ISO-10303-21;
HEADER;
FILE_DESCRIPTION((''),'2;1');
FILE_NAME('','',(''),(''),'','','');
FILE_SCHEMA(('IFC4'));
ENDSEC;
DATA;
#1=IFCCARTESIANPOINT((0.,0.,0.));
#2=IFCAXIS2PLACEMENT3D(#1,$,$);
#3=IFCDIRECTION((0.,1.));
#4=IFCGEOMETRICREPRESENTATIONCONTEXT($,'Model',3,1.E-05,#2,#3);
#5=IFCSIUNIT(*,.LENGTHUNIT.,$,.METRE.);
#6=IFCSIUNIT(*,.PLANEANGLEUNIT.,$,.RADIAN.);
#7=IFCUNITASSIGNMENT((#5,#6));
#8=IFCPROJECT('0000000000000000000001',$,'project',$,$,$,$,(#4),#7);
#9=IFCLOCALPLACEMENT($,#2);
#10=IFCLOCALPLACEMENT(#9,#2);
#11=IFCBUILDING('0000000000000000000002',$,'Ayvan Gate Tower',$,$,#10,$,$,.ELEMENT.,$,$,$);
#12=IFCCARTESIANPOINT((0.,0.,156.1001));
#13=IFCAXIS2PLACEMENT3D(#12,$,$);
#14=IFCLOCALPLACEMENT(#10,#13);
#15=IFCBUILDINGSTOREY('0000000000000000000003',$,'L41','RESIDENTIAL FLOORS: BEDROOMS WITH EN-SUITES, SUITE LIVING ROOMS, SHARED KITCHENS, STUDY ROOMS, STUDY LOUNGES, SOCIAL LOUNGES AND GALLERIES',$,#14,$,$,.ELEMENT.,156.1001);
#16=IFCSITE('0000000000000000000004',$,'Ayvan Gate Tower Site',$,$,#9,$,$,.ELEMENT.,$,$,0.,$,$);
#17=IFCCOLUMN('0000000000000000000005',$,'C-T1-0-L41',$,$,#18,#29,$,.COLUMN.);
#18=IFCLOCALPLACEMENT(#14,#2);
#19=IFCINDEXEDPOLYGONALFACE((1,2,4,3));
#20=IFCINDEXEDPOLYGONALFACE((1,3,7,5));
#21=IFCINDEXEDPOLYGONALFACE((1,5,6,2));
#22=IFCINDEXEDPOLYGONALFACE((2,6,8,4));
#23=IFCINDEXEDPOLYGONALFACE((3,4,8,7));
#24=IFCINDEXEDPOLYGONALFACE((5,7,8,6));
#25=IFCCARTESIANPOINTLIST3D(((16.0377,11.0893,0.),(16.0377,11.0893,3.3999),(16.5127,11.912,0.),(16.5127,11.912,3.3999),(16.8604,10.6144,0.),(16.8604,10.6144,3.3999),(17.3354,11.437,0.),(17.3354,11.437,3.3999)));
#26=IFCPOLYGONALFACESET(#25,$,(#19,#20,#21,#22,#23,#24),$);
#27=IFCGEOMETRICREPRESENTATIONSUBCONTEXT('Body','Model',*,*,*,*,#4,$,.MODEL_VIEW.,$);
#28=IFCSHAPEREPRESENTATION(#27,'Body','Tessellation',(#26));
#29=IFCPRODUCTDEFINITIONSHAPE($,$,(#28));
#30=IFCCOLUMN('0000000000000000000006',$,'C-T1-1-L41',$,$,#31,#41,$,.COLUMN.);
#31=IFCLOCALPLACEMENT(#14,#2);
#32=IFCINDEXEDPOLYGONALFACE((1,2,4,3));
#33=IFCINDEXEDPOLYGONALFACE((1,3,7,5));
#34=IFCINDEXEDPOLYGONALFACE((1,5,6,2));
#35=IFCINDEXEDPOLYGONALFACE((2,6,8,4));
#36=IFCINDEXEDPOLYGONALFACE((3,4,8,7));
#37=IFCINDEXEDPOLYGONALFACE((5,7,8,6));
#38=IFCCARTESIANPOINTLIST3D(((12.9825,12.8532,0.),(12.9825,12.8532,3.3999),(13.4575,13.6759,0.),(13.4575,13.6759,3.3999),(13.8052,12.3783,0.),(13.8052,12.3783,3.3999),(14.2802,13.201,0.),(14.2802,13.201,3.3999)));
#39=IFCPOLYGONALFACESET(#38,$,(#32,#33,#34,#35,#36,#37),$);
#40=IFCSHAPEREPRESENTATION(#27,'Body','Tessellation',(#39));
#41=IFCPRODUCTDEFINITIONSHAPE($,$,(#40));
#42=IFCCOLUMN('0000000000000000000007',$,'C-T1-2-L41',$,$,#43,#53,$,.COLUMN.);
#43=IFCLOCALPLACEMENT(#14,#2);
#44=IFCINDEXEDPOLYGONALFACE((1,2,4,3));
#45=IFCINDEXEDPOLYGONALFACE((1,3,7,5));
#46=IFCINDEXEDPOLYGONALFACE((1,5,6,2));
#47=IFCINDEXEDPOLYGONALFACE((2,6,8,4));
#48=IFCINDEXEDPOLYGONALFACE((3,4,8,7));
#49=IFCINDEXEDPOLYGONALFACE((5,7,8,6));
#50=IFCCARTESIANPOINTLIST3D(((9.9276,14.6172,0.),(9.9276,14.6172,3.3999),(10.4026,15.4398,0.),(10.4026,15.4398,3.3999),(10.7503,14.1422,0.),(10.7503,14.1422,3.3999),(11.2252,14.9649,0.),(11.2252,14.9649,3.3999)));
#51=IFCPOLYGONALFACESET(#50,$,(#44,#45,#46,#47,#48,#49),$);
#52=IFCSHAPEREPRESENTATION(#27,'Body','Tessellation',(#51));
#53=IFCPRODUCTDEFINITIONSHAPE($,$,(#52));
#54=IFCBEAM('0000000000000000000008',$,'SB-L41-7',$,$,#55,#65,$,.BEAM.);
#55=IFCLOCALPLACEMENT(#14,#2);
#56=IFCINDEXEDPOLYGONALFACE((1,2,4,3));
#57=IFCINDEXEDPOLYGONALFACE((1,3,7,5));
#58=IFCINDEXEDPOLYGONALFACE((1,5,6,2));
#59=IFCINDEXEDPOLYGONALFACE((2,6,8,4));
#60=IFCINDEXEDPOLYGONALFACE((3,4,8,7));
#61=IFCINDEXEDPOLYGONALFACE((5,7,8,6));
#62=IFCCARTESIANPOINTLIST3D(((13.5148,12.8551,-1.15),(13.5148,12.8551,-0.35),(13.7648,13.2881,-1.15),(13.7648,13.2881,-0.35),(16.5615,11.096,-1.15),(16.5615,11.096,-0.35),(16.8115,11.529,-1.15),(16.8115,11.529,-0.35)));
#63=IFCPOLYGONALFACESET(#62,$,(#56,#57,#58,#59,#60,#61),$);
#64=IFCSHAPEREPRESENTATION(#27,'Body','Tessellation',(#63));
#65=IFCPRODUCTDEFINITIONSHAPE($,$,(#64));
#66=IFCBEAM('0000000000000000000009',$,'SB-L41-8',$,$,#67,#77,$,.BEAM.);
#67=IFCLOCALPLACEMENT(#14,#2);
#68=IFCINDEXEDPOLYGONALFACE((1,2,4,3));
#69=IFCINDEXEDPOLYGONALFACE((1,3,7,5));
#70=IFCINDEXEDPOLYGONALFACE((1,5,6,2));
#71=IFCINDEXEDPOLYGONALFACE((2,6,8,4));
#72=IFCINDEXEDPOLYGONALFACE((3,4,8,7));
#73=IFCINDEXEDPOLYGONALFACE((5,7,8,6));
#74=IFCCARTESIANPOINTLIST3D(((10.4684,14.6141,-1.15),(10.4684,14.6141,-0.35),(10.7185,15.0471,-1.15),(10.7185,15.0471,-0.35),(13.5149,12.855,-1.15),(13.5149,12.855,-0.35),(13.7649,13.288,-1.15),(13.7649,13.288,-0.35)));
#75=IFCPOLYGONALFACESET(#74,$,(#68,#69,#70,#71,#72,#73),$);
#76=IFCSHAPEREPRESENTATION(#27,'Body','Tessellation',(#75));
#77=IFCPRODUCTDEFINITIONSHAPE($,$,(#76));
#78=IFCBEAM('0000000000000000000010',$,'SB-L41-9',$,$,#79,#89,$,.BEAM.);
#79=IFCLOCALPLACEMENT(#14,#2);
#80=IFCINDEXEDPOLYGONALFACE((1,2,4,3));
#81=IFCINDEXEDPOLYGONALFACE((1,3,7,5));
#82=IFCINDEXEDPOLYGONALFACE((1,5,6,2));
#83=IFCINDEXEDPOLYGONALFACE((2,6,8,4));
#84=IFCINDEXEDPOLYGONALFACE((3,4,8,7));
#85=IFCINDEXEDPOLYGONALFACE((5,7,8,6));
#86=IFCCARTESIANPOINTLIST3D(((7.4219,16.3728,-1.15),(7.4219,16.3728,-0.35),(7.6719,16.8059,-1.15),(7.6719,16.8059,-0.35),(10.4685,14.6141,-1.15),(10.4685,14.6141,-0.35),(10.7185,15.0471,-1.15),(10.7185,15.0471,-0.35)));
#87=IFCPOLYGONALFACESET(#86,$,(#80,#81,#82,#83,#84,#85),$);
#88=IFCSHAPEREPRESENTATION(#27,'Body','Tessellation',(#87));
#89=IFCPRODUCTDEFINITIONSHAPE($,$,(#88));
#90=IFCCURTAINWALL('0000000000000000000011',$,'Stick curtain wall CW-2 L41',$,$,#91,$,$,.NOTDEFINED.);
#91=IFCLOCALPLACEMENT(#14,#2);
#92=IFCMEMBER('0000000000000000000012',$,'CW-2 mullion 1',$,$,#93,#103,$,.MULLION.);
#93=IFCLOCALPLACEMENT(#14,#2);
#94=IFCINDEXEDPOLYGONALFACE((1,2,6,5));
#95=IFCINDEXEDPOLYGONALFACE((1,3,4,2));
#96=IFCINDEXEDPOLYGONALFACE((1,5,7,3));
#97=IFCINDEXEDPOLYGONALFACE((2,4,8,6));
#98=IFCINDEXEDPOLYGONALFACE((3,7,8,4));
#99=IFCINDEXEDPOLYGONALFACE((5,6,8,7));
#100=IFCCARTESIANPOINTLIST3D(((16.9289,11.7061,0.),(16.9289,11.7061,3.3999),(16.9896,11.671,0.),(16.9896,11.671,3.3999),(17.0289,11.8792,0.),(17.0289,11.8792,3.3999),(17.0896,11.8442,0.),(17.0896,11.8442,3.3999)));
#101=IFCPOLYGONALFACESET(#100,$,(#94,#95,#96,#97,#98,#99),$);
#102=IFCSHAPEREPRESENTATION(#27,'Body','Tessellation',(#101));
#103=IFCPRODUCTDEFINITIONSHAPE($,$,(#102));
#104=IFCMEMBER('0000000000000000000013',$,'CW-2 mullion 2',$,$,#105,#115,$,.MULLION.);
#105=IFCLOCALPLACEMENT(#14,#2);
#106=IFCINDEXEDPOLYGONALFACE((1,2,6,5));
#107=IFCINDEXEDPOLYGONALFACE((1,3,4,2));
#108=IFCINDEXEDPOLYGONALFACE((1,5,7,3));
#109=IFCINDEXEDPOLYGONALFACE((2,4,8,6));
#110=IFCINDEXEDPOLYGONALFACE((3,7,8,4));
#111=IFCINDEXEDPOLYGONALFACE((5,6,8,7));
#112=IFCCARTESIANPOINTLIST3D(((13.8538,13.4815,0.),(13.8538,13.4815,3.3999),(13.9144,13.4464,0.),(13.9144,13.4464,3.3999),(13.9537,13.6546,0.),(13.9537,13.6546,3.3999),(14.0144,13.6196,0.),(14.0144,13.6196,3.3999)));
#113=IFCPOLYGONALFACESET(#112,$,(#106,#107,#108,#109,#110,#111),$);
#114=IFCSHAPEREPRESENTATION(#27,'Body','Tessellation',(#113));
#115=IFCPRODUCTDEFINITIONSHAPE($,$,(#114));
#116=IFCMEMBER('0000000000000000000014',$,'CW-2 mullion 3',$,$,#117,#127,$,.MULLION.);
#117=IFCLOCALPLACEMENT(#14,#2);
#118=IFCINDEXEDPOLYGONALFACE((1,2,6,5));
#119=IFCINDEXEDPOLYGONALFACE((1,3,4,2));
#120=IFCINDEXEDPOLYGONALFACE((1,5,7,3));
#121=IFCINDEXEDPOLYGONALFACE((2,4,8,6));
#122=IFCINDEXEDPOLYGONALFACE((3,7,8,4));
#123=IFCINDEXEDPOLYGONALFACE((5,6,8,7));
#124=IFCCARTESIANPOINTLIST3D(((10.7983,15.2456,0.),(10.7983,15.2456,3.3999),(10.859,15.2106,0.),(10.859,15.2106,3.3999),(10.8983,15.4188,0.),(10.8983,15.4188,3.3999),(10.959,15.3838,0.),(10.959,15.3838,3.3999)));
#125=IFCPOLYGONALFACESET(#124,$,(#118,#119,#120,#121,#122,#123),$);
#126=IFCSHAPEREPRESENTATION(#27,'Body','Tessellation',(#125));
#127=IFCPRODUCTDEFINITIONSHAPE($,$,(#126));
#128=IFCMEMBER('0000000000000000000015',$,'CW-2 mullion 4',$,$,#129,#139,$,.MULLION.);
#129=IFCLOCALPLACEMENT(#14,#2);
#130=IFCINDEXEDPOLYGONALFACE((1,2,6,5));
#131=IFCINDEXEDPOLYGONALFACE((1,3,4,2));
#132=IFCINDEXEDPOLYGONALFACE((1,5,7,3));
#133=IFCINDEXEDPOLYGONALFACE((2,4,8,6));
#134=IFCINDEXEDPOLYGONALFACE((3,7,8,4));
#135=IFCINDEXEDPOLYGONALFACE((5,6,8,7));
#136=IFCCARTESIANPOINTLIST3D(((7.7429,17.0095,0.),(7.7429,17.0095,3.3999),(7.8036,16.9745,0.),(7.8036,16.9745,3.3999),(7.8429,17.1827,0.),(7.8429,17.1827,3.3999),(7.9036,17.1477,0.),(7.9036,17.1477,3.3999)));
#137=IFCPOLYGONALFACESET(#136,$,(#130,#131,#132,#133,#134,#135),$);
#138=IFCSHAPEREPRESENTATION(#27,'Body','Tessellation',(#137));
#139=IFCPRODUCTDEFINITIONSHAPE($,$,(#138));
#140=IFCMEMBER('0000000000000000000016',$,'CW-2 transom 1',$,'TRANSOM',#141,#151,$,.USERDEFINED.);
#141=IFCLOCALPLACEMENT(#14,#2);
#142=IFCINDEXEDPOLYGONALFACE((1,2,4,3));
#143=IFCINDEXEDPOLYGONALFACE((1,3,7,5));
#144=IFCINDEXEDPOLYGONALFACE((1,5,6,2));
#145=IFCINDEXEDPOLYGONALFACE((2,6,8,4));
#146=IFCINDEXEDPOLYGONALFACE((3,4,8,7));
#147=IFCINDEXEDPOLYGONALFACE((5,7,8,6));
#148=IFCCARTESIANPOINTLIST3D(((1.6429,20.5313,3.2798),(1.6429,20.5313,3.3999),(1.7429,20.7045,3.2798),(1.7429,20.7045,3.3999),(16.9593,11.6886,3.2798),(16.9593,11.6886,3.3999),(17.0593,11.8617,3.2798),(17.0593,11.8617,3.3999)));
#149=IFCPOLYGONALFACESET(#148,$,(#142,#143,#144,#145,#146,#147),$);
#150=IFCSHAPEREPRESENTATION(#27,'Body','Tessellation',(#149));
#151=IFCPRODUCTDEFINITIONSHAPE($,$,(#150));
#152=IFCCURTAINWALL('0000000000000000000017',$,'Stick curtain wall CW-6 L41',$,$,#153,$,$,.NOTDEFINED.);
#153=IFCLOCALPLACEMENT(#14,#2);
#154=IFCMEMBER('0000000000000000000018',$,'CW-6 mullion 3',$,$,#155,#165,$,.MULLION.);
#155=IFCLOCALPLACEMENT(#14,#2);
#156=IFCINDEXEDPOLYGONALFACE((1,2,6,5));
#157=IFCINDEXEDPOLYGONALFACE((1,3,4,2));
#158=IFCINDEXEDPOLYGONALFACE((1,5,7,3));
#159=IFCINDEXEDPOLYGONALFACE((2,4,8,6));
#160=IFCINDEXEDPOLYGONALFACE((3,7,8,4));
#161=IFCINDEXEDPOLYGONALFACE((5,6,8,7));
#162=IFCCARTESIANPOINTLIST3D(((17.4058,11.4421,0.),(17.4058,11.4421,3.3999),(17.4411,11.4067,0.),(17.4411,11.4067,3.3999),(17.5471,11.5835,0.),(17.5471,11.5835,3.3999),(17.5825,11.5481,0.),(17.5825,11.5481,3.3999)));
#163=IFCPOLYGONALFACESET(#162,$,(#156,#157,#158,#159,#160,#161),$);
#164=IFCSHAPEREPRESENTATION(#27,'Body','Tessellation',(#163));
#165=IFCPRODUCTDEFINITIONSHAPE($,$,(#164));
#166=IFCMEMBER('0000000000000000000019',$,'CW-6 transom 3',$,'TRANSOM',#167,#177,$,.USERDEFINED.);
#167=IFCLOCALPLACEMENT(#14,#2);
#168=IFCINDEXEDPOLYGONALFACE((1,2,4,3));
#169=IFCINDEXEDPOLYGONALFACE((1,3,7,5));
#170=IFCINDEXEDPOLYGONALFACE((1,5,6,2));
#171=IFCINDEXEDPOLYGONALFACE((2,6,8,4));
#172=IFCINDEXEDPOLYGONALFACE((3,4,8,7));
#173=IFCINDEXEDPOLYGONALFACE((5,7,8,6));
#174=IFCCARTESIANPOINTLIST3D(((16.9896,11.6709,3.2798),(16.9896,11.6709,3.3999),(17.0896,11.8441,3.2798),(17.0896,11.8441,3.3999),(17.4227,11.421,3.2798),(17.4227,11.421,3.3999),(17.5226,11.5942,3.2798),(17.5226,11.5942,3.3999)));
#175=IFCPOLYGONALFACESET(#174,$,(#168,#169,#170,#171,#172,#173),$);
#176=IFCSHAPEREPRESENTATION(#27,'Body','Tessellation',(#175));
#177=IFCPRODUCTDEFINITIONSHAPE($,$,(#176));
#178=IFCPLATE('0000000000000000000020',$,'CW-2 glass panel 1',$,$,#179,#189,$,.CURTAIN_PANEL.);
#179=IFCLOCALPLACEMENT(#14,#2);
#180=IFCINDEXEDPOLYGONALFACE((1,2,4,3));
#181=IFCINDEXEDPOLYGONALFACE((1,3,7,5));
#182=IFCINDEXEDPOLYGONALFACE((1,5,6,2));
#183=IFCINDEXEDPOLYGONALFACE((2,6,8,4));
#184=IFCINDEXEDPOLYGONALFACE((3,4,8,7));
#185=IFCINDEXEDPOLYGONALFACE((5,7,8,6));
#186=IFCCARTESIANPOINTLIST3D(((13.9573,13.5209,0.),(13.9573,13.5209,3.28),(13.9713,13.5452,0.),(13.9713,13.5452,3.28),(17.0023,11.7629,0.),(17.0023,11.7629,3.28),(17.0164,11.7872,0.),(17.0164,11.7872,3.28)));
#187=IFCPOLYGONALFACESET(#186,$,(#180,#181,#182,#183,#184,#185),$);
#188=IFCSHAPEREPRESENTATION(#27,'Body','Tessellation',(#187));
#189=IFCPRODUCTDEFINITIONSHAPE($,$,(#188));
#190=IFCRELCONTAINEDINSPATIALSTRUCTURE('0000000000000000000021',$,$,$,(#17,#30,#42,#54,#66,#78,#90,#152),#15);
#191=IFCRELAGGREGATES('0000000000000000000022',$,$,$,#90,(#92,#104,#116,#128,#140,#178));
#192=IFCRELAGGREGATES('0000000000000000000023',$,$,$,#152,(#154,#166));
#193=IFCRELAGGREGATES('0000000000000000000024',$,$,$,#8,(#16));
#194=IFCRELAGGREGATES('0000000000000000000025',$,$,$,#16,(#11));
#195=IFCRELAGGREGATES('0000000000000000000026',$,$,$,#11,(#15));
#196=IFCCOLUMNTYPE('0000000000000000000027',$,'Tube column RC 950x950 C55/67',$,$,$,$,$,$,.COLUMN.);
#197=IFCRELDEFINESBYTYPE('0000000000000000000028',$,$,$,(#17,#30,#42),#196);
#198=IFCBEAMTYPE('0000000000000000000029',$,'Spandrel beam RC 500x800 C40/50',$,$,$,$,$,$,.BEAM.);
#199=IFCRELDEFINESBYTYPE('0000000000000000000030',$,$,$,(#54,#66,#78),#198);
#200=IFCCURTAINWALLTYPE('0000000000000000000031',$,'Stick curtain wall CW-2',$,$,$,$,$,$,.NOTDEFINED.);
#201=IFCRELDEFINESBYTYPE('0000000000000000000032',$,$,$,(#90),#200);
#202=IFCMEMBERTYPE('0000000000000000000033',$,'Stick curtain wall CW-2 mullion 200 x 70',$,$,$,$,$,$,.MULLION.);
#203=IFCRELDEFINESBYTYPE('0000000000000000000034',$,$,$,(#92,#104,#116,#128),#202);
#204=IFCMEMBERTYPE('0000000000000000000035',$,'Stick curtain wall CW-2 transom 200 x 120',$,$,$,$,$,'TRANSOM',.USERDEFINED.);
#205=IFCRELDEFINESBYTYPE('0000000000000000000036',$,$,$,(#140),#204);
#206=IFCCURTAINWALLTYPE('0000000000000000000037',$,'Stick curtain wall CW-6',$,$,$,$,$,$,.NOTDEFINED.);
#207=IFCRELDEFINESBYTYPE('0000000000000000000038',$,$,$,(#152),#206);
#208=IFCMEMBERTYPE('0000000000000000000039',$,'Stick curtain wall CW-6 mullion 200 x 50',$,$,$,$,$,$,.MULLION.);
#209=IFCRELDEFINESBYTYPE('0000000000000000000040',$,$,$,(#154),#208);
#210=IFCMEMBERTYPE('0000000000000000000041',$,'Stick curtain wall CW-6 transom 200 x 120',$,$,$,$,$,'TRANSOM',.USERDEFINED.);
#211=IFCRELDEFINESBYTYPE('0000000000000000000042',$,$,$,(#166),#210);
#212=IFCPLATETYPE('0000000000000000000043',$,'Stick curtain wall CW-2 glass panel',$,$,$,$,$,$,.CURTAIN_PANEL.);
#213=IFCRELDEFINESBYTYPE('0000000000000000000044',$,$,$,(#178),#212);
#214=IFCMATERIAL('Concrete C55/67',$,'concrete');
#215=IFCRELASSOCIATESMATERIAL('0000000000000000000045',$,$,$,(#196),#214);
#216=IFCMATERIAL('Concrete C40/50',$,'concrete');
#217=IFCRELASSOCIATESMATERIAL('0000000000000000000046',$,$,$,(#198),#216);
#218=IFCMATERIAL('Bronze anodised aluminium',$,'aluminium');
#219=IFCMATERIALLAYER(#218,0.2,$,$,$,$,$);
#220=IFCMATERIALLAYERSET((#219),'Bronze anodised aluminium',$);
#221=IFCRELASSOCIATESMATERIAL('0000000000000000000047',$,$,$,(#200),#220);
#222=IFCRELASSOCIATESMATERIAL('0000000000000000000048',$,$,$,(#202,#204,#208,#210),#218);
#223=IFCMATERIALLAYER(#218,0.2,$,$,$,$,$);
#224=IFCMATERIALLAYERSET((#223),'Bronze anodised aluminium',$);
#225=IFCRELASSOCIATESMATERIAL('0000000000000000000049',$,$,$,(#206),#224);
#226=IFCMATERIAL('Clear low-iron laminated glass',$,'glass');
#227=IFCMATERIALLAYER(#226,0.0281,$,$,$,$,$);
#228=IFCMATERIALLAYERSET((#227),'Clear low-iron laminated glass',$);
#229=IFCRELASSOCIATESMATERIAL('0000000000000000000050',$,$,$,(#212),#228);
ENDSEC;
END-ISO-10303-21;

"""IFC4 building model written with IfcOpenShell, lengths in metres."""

from ifc_helpers import new_model, si_unit, direction, frame, origin, origin_2d, place, context, subcontext, project, spatial, rectangle, extrude, material, layer, layer_set, material_profile, profile_set, type_object, element, aggregate, save


model = new_model("IFC4")

# Units and contexts
model_context = context("Model", 3, precision=1e-05, world=origin(), true_north=direction((0.0, 1.0)))
body_context = subcontext(model_context, "Body", "Model", "MODEL_VIEW")
ifc_project = project(units=[si_unit("LENGTHUNIT", "METRE"), si_unit("PLANEANGLEUNIT", "RADIAN")], contexts=[model_context])

# Site, building, storey
site_placement = place(None, origin())
site = spatial("IfcSite", under=ifc_project, at=site_placement, Name="Ayvan Gate Tower Site", CompositionType="ELEMENT", RefElevation=0.0)
building_placement = place(site_placement, origin())
building = spatial("IfcBuilding", under=site, at=building_placement, Name="Ayvan Gate Tower", CompositionType="ELEMENT")
storey_placement = place(building_placement, frame((0.0, 0.0, 156.1001)))
storey = spatial("IfcBuildingStorey", under=building, at=storey_placement, Name="L41", Description="RESIDENTIAL FLOORS: BEDROOMS WITH EN-SUITES, SUITE LIVING ROOMS, SHARED KITCHENS, STUDY ROOMS, STUDY LOUNGES, SOCIAL LOUNGES AND GALLERIES", CompositionType="ELEMENT", Elevation=156.1001)

# Columns
ifc_material_1 = material(Name="Concrete C55/67", Category="concrete")
ifc_material_profile_1 = material_profile(ifc_material_1, rectangle(XDim=0.95, YDim=0.95, at=origin_2d()), Name="RC 950x950")
ifc_profile_set_1 = profile_set([ifc_material_profile_1], Name="Concrete C55/67")
column_type = type_object("IfcColumnType", Name="Tube column RC 950x950 C55/67", PredefinedType="COLUMN", material=ifc_profile_set_1)
for number, where, z_axis, x_axis, name in (
    (1, (16.6865, 11.2632, 0.0), (0.0, 0.0, 1.0), (0.5, 0.866025, 0.0), "C-T1-0-L41"),
    (2, (13.6313, 13.0271, 0.0), (0.0, 0.0, 1.0), (0.5, 0.866025, 0.0), "C-T1-1-L41"),
    (3, (10.5764, 14.791, 0.0), (0.0, 0.0, 1.0), (0.5, 0.866025, 0.0), "C-T1-2-L41"),
):
    element("IfcColumn", number, at=place(storey_placement, frame(where, z_axis=z_axis, x_axis=x_axis)), inside=storey, type_object=column_type, Name=name, PredefinedType="COLUMN", context=body_context, shape_type="SweptSolid", body=[
        extrude(rectangle(XDim=0.95, YDim=0.95, at=origin_2d()), origin(), (0.0, 0.0, 1.0), 3.3999),
    ])

# Beams
ifc_material_2 = material(Name="Concrete C40/50", Category="concrete")
ifc_material_profile_2 = material_profile(ifc_material_2, rectangle(XDim=0.5, YDim=0.8, at=origin_2d()), Name="RC 500x800")
ifc_profile_set_2 = profile_set([ifc_material_profile_2], Name="Concrete C40/50")
beam_type = type_object("IfcBeamType", Name="Spandrel beam RC 500x800 C40/50", PredefinedType="BEAM", material=ifc_profile_set_2)
beam_placement = place(storey_placement, frame((16.6865, 11.3125, -0.75), z_axis=(-0.866018, 0.500013, 0.0), x_axis=(-0.500013, -0.866018, 0.0)))
element("IfcBeam", 4, at=beam_placement, inside=storey, type_object=beam_type, Name="SB-L41-7", PredefinedType="BEAM", context=body_context, shape_type="SweptSolid", body=[
    extrude(rectangle(XDim=0.5, YDim=0.8, at=origin_2d()), origin(), (0.0, 0.0, 1.0), 3.5181),
])
for number, where, z_axis, x_axis, name in (
    (5, (13.6399, 13.0715, -0.75), (-0.866001, 0.500043, 0.0), (-0.500043, -0.866001, 0.0), "SB-L41-8"),
    (6, (10.5935, 14.8306, -0.75), (-0.866048, 0.499961, 0.0), (-0.499961, -0.866048, 0.0), "SB-L41-9"),
):
    element("IfcBeam", number, at=place(storey_placement, frame(where, z_axis=z_axis, x_axis=x_axis)), inside=storey, type_object=beam_type, Name=name, PredefinedType="BEAM", context=body_context, shape_type="SweptSolid", body=[
        extrude(rectangle(XDim=0.5, YDim=0.8, at=origin_2d()), origin(), (0.0, 0.0, 1.0), 3.5178),
    ])

# Curtain walls, members
ifc_material_3 = material(Name="Bronze anodised aluminium", Category="aluminium")
ifc_layer_1 = layer(ifc_material_3, 0.2)
ifc_layer_set_1 = layer_set([ifc_layer_1], Name="Bronze anodised aluminium")
curtain_wall_type_1 = type_object("IfcCurtainWallType", Name="Stick curtain wall CW-2", PredefinedType="NOTDEFINED", material=ifc_layer_set_1)
curtain_wall_1_placement = place(storey_placement, origin())
curtain_wall_1 = element("IfcCurtainWall", 7, at=curtain_wall_1_placement, inside=storey, type_object=curtain_wall_type_1, Name="Stick curtain wall CW-2 L41", PredefinedType="NOTDEFINED")
ifc_material_profile_3 = material_profile(ifc_material_3, rectangle(XDim=0.2, YDim=0.0701, at=origin_2d()), Name="Stick curtain wall CW-2 mullion 200 x 70")
ifc_profile_set_3 = profile_set([ifc_material_profile_3], Name="Bronze anodised aluminium")
member_type_1 = type_object("IfcMemberType", Name="Stick curtain wall CW-2 mullion 200 x 70", PredefinedType="MULLION", material=ifc_profile_set_3)
member_1_placement = place(storey_placement, frame((17.0093, 11.7751, 0.0), z_axis=(0.0, 0.0, 1.0), x_axis=(0.5, 0.866025, 0.0)))
member_1 = element("IfcMember", 8, at=member_1_placement, type_object=member_type_1, Name="CW-2 mullion 1", PredefinedType="MULLION", context=body_context, shape_type="SweptSolid", body=[
    extrude(rectangle(XDim=0.2, YDim=0.0701, at=origin_2d()), origin(), (0.0, 0.0, 1.0), 3.3999),
])
member_2_placement = place(storey_placement, frame((13.9341, 13.5505, 0.0), z_axis=(0.0, 0.0, 1.0), x_axis=(0.5, 0.866025, 0.0)))
member_2 = element("IfcMember", 9, at=member_2_placement, type_object=member_type_1, Name="CW-2 mullion 2", PredefinedType="MULLION", context=body_context, shape_type="SweptSolid", body=[
    extrude(rectangle(XDim=0.2, YDim=0.0701, at=origin_2d()), origin(), (0.0, 0.0, 1.0), 3.3999),
])
member_3_placement = place(storey_placement, frame((10.8787, 15.3147, 0.0), z_axis=(0.0, 0.0, 1.0), x_axis=(0.5, 0.866025, 0.0)))
member_3 = element("IfcMember", 10, at=member_3_placement, type_object=member_type_1, Name="CW-2 mullion 3", PredefinedType="MULLION", context=body_context, shape_type="SweptSolid", body=[
    extrude(rectangle(XDim=0.2, YDim=0.0701, at=origin_2d()), origin(), (0.0, 0.0, 1.0), 3.3999),
])
member_4_placement = place(storey_placement, frame((7.8232, 17.0786, 0.0), z_axis=(0.0, 0.0, 1.0), x_axis=(0.5, 0.866025, 0.0)))
member_4 = element("IfcMember", 11, at=member_4_placement, type_object=member_type_1, Name="CW-2 mullion 4", PredefinedType="MULLION", context=body_context, shape_type="SweptSolid", body=[
    extrude(rectangle(XDim=0.2, YDim=0.0701, at=origin_2d()), origin(), (0.0, 0.0, 1.0), 3.3999),
])
ifc_material_profile_4 = material_profile(ifc_material_3, rectangle(XDim=0.2, YDim=0.1201, at=origin_2d()), Name="Stick curtain wall CW-2 transom 200 x 120")
ifc_profile_set_4 = profile_set([ifc_material_profile_4], Name="Bronze anodised aluminium")
member_type_2 = type_object("IfcMemberType", Name="Stick curtain wall CW-2 transom 200 x 120", ElementType="TRANSOM", PredefinedType="USERDEFINED", material=ifc_profile_set_4)
member_5_placement = place(storey_placement, frame((17.0093, 11.7751, 3.3398), z_axis=(-0.866029, 0.499993, 0.0), x_axis=(-0.499993, -0.866029, 0.0)))
member_5 = element("IfcMember", 12, at=member_5_placement, type_object=member_type_2, Name="CW-2 transom 1", ObjectType="TRANSOM", PredefinedType="USERDEFINED", context=body_context, shape_type="SweptSolid", body=[
    extrude(rectangle(XDim=0.2, YDim=0.1201, at=origin_2d()), origin(), (0.0, 0.0, 1.0), 17.6858),
])
ifc_layer_2 = layer(ifc_material_3, 0.2)
ifc_layer_set_2 = layer_set([ifc_layer_2], Name="Bronze anodised aluminium")
curtain_wall_type_2 = type_object("IfcCurtainWallType", Name="Stick curtain wall CW-6", PredefinedType="NOTDEFINED", material=ifc_layer_set_2)
curtain_wall_2_placement = place(storey_placement, origin())
curtain_wall_2 = element("IfcCurtainWall", 13, at=curtain_wall_2_placement, inside=storey, type_object=curtain_wall_type_2, Name="Stick curtain wall CW-6 L41", PredefinedType="NOTDEFINED")
ifc_material_profile_5 = material_profile(ifc_material_3, rectangle(XDim=0.2, YDim=0.05, at=origin_2d()), Name="Stick curtain wall CW-6 mullion 200 x 50")
ifc_profile_set_5 = profile_set([ifc_material_profile_5], Name="Bronze anodised aluminium")
member_type_3 = type_object("IfcMemberType", Name="Stick curtain wall CW-6 mullion 200 x 50", PredefinedType="MULLION", material=ifc_profile_set_5)
member_6_placement = place(storey_placement, frame((17.4941, 11.4951, 0.0), z_axis=(0.0, 0.0, 1.0), x_axis=(0.707107, 0.707107, 0.0)))
member_6 = element("IfcMember", 14, at=member_6_placement, type_object=member_type_3, Name="CW-6 mullion 3", PredefinedType="MULLION", context=body_context, shape_type="SweptSolid", body=[
    extrude(rectangle(XDim=0.2, YDim=0.05, at=origin_2d()), origin(), (0.0, 0.0, 1.0), 3.3999),
])
ifc_material_profile_6 = material_profile(ifc_material_3, rectangle(XDim=0.2, YDim=0.1201, at=origin_2d()), Name="Stick curtain wall CW-6 transom 200 x 120")
ifc_profile_set_6 = profile_set([ifc_material_profile_6], Name="Bronze anodised aluminium")
member_type_4 = type_object("IfcMemberType", Name="Stick curtain wall CW-6 transom 200 x 120", ElementType="TRANSOM", PredefinedType="USERDEFINED", material=ifc_profile_set_6)
member_7_placement = place(storey_placement, frame((17.4727, 11.5076, 3.3398), z_axis=(-0.866072, 0.49992, 0.0), x_axis=(-0.49992, -0.866072, 0.0)))
member_7 = element("IfcMember", 15, at=member_7_placement, type_object=member_type_4, Name="CW-6 transom 3", ObjectType="TRANSOM", PredefinedType="USERDEFINED", context=body_context, shape_type="SweptSolid", body=[
    extrude(rectangle(XDim=0.2, YDim=0.1201, at=origin_2d()), origin(), (0.0, 0.0, 1.0), 0.5),
])

# Plate
ifc_material_4 = material(Name="Clear low-iron laminated glass", Category="glass")
ifc_layer_3 = layer(ifc_material_4, 0.0281)
ifc_layer_set_3 = layer_set([ifc_layer_3], Name="Clear low-iron laminated glass")
plate_type_1 = type_object("IfcPlateType", Name="Stick curtain wall CW-2 glass panel", PredefinedType="CURTAIN_PANEL", material=ifc_layer_set_3)
plate_1_placement = place(storey_placement, frame((15.4868, 12.6541, 0.0), z_axis=(0.0, 0.0, 1.0), x_axis=(-0.866025, 0.5, 0.0)))
plate_1 = element("IfcPlate", 16, at=plate_1_placement, type_object=plate_type_1, Name="CW-2 glass panel 1", PredefinedType="CURTAIN_PANEL", context=body_context, shape_type="SweptSolid", body=[
    extrude(rectangle(XDim=3.5161, YDim=0.0281, at=origin_2d()), origin(), (0.0, 0.0, 1.0), 3.28),
])
aggregate(curtain_wall_1, [member_1, member_2, member_3, member_4, member_5, plate_1])
aggregate(curtain_wall_2, [member_6, member_7])

save(model, "model.ifc")
